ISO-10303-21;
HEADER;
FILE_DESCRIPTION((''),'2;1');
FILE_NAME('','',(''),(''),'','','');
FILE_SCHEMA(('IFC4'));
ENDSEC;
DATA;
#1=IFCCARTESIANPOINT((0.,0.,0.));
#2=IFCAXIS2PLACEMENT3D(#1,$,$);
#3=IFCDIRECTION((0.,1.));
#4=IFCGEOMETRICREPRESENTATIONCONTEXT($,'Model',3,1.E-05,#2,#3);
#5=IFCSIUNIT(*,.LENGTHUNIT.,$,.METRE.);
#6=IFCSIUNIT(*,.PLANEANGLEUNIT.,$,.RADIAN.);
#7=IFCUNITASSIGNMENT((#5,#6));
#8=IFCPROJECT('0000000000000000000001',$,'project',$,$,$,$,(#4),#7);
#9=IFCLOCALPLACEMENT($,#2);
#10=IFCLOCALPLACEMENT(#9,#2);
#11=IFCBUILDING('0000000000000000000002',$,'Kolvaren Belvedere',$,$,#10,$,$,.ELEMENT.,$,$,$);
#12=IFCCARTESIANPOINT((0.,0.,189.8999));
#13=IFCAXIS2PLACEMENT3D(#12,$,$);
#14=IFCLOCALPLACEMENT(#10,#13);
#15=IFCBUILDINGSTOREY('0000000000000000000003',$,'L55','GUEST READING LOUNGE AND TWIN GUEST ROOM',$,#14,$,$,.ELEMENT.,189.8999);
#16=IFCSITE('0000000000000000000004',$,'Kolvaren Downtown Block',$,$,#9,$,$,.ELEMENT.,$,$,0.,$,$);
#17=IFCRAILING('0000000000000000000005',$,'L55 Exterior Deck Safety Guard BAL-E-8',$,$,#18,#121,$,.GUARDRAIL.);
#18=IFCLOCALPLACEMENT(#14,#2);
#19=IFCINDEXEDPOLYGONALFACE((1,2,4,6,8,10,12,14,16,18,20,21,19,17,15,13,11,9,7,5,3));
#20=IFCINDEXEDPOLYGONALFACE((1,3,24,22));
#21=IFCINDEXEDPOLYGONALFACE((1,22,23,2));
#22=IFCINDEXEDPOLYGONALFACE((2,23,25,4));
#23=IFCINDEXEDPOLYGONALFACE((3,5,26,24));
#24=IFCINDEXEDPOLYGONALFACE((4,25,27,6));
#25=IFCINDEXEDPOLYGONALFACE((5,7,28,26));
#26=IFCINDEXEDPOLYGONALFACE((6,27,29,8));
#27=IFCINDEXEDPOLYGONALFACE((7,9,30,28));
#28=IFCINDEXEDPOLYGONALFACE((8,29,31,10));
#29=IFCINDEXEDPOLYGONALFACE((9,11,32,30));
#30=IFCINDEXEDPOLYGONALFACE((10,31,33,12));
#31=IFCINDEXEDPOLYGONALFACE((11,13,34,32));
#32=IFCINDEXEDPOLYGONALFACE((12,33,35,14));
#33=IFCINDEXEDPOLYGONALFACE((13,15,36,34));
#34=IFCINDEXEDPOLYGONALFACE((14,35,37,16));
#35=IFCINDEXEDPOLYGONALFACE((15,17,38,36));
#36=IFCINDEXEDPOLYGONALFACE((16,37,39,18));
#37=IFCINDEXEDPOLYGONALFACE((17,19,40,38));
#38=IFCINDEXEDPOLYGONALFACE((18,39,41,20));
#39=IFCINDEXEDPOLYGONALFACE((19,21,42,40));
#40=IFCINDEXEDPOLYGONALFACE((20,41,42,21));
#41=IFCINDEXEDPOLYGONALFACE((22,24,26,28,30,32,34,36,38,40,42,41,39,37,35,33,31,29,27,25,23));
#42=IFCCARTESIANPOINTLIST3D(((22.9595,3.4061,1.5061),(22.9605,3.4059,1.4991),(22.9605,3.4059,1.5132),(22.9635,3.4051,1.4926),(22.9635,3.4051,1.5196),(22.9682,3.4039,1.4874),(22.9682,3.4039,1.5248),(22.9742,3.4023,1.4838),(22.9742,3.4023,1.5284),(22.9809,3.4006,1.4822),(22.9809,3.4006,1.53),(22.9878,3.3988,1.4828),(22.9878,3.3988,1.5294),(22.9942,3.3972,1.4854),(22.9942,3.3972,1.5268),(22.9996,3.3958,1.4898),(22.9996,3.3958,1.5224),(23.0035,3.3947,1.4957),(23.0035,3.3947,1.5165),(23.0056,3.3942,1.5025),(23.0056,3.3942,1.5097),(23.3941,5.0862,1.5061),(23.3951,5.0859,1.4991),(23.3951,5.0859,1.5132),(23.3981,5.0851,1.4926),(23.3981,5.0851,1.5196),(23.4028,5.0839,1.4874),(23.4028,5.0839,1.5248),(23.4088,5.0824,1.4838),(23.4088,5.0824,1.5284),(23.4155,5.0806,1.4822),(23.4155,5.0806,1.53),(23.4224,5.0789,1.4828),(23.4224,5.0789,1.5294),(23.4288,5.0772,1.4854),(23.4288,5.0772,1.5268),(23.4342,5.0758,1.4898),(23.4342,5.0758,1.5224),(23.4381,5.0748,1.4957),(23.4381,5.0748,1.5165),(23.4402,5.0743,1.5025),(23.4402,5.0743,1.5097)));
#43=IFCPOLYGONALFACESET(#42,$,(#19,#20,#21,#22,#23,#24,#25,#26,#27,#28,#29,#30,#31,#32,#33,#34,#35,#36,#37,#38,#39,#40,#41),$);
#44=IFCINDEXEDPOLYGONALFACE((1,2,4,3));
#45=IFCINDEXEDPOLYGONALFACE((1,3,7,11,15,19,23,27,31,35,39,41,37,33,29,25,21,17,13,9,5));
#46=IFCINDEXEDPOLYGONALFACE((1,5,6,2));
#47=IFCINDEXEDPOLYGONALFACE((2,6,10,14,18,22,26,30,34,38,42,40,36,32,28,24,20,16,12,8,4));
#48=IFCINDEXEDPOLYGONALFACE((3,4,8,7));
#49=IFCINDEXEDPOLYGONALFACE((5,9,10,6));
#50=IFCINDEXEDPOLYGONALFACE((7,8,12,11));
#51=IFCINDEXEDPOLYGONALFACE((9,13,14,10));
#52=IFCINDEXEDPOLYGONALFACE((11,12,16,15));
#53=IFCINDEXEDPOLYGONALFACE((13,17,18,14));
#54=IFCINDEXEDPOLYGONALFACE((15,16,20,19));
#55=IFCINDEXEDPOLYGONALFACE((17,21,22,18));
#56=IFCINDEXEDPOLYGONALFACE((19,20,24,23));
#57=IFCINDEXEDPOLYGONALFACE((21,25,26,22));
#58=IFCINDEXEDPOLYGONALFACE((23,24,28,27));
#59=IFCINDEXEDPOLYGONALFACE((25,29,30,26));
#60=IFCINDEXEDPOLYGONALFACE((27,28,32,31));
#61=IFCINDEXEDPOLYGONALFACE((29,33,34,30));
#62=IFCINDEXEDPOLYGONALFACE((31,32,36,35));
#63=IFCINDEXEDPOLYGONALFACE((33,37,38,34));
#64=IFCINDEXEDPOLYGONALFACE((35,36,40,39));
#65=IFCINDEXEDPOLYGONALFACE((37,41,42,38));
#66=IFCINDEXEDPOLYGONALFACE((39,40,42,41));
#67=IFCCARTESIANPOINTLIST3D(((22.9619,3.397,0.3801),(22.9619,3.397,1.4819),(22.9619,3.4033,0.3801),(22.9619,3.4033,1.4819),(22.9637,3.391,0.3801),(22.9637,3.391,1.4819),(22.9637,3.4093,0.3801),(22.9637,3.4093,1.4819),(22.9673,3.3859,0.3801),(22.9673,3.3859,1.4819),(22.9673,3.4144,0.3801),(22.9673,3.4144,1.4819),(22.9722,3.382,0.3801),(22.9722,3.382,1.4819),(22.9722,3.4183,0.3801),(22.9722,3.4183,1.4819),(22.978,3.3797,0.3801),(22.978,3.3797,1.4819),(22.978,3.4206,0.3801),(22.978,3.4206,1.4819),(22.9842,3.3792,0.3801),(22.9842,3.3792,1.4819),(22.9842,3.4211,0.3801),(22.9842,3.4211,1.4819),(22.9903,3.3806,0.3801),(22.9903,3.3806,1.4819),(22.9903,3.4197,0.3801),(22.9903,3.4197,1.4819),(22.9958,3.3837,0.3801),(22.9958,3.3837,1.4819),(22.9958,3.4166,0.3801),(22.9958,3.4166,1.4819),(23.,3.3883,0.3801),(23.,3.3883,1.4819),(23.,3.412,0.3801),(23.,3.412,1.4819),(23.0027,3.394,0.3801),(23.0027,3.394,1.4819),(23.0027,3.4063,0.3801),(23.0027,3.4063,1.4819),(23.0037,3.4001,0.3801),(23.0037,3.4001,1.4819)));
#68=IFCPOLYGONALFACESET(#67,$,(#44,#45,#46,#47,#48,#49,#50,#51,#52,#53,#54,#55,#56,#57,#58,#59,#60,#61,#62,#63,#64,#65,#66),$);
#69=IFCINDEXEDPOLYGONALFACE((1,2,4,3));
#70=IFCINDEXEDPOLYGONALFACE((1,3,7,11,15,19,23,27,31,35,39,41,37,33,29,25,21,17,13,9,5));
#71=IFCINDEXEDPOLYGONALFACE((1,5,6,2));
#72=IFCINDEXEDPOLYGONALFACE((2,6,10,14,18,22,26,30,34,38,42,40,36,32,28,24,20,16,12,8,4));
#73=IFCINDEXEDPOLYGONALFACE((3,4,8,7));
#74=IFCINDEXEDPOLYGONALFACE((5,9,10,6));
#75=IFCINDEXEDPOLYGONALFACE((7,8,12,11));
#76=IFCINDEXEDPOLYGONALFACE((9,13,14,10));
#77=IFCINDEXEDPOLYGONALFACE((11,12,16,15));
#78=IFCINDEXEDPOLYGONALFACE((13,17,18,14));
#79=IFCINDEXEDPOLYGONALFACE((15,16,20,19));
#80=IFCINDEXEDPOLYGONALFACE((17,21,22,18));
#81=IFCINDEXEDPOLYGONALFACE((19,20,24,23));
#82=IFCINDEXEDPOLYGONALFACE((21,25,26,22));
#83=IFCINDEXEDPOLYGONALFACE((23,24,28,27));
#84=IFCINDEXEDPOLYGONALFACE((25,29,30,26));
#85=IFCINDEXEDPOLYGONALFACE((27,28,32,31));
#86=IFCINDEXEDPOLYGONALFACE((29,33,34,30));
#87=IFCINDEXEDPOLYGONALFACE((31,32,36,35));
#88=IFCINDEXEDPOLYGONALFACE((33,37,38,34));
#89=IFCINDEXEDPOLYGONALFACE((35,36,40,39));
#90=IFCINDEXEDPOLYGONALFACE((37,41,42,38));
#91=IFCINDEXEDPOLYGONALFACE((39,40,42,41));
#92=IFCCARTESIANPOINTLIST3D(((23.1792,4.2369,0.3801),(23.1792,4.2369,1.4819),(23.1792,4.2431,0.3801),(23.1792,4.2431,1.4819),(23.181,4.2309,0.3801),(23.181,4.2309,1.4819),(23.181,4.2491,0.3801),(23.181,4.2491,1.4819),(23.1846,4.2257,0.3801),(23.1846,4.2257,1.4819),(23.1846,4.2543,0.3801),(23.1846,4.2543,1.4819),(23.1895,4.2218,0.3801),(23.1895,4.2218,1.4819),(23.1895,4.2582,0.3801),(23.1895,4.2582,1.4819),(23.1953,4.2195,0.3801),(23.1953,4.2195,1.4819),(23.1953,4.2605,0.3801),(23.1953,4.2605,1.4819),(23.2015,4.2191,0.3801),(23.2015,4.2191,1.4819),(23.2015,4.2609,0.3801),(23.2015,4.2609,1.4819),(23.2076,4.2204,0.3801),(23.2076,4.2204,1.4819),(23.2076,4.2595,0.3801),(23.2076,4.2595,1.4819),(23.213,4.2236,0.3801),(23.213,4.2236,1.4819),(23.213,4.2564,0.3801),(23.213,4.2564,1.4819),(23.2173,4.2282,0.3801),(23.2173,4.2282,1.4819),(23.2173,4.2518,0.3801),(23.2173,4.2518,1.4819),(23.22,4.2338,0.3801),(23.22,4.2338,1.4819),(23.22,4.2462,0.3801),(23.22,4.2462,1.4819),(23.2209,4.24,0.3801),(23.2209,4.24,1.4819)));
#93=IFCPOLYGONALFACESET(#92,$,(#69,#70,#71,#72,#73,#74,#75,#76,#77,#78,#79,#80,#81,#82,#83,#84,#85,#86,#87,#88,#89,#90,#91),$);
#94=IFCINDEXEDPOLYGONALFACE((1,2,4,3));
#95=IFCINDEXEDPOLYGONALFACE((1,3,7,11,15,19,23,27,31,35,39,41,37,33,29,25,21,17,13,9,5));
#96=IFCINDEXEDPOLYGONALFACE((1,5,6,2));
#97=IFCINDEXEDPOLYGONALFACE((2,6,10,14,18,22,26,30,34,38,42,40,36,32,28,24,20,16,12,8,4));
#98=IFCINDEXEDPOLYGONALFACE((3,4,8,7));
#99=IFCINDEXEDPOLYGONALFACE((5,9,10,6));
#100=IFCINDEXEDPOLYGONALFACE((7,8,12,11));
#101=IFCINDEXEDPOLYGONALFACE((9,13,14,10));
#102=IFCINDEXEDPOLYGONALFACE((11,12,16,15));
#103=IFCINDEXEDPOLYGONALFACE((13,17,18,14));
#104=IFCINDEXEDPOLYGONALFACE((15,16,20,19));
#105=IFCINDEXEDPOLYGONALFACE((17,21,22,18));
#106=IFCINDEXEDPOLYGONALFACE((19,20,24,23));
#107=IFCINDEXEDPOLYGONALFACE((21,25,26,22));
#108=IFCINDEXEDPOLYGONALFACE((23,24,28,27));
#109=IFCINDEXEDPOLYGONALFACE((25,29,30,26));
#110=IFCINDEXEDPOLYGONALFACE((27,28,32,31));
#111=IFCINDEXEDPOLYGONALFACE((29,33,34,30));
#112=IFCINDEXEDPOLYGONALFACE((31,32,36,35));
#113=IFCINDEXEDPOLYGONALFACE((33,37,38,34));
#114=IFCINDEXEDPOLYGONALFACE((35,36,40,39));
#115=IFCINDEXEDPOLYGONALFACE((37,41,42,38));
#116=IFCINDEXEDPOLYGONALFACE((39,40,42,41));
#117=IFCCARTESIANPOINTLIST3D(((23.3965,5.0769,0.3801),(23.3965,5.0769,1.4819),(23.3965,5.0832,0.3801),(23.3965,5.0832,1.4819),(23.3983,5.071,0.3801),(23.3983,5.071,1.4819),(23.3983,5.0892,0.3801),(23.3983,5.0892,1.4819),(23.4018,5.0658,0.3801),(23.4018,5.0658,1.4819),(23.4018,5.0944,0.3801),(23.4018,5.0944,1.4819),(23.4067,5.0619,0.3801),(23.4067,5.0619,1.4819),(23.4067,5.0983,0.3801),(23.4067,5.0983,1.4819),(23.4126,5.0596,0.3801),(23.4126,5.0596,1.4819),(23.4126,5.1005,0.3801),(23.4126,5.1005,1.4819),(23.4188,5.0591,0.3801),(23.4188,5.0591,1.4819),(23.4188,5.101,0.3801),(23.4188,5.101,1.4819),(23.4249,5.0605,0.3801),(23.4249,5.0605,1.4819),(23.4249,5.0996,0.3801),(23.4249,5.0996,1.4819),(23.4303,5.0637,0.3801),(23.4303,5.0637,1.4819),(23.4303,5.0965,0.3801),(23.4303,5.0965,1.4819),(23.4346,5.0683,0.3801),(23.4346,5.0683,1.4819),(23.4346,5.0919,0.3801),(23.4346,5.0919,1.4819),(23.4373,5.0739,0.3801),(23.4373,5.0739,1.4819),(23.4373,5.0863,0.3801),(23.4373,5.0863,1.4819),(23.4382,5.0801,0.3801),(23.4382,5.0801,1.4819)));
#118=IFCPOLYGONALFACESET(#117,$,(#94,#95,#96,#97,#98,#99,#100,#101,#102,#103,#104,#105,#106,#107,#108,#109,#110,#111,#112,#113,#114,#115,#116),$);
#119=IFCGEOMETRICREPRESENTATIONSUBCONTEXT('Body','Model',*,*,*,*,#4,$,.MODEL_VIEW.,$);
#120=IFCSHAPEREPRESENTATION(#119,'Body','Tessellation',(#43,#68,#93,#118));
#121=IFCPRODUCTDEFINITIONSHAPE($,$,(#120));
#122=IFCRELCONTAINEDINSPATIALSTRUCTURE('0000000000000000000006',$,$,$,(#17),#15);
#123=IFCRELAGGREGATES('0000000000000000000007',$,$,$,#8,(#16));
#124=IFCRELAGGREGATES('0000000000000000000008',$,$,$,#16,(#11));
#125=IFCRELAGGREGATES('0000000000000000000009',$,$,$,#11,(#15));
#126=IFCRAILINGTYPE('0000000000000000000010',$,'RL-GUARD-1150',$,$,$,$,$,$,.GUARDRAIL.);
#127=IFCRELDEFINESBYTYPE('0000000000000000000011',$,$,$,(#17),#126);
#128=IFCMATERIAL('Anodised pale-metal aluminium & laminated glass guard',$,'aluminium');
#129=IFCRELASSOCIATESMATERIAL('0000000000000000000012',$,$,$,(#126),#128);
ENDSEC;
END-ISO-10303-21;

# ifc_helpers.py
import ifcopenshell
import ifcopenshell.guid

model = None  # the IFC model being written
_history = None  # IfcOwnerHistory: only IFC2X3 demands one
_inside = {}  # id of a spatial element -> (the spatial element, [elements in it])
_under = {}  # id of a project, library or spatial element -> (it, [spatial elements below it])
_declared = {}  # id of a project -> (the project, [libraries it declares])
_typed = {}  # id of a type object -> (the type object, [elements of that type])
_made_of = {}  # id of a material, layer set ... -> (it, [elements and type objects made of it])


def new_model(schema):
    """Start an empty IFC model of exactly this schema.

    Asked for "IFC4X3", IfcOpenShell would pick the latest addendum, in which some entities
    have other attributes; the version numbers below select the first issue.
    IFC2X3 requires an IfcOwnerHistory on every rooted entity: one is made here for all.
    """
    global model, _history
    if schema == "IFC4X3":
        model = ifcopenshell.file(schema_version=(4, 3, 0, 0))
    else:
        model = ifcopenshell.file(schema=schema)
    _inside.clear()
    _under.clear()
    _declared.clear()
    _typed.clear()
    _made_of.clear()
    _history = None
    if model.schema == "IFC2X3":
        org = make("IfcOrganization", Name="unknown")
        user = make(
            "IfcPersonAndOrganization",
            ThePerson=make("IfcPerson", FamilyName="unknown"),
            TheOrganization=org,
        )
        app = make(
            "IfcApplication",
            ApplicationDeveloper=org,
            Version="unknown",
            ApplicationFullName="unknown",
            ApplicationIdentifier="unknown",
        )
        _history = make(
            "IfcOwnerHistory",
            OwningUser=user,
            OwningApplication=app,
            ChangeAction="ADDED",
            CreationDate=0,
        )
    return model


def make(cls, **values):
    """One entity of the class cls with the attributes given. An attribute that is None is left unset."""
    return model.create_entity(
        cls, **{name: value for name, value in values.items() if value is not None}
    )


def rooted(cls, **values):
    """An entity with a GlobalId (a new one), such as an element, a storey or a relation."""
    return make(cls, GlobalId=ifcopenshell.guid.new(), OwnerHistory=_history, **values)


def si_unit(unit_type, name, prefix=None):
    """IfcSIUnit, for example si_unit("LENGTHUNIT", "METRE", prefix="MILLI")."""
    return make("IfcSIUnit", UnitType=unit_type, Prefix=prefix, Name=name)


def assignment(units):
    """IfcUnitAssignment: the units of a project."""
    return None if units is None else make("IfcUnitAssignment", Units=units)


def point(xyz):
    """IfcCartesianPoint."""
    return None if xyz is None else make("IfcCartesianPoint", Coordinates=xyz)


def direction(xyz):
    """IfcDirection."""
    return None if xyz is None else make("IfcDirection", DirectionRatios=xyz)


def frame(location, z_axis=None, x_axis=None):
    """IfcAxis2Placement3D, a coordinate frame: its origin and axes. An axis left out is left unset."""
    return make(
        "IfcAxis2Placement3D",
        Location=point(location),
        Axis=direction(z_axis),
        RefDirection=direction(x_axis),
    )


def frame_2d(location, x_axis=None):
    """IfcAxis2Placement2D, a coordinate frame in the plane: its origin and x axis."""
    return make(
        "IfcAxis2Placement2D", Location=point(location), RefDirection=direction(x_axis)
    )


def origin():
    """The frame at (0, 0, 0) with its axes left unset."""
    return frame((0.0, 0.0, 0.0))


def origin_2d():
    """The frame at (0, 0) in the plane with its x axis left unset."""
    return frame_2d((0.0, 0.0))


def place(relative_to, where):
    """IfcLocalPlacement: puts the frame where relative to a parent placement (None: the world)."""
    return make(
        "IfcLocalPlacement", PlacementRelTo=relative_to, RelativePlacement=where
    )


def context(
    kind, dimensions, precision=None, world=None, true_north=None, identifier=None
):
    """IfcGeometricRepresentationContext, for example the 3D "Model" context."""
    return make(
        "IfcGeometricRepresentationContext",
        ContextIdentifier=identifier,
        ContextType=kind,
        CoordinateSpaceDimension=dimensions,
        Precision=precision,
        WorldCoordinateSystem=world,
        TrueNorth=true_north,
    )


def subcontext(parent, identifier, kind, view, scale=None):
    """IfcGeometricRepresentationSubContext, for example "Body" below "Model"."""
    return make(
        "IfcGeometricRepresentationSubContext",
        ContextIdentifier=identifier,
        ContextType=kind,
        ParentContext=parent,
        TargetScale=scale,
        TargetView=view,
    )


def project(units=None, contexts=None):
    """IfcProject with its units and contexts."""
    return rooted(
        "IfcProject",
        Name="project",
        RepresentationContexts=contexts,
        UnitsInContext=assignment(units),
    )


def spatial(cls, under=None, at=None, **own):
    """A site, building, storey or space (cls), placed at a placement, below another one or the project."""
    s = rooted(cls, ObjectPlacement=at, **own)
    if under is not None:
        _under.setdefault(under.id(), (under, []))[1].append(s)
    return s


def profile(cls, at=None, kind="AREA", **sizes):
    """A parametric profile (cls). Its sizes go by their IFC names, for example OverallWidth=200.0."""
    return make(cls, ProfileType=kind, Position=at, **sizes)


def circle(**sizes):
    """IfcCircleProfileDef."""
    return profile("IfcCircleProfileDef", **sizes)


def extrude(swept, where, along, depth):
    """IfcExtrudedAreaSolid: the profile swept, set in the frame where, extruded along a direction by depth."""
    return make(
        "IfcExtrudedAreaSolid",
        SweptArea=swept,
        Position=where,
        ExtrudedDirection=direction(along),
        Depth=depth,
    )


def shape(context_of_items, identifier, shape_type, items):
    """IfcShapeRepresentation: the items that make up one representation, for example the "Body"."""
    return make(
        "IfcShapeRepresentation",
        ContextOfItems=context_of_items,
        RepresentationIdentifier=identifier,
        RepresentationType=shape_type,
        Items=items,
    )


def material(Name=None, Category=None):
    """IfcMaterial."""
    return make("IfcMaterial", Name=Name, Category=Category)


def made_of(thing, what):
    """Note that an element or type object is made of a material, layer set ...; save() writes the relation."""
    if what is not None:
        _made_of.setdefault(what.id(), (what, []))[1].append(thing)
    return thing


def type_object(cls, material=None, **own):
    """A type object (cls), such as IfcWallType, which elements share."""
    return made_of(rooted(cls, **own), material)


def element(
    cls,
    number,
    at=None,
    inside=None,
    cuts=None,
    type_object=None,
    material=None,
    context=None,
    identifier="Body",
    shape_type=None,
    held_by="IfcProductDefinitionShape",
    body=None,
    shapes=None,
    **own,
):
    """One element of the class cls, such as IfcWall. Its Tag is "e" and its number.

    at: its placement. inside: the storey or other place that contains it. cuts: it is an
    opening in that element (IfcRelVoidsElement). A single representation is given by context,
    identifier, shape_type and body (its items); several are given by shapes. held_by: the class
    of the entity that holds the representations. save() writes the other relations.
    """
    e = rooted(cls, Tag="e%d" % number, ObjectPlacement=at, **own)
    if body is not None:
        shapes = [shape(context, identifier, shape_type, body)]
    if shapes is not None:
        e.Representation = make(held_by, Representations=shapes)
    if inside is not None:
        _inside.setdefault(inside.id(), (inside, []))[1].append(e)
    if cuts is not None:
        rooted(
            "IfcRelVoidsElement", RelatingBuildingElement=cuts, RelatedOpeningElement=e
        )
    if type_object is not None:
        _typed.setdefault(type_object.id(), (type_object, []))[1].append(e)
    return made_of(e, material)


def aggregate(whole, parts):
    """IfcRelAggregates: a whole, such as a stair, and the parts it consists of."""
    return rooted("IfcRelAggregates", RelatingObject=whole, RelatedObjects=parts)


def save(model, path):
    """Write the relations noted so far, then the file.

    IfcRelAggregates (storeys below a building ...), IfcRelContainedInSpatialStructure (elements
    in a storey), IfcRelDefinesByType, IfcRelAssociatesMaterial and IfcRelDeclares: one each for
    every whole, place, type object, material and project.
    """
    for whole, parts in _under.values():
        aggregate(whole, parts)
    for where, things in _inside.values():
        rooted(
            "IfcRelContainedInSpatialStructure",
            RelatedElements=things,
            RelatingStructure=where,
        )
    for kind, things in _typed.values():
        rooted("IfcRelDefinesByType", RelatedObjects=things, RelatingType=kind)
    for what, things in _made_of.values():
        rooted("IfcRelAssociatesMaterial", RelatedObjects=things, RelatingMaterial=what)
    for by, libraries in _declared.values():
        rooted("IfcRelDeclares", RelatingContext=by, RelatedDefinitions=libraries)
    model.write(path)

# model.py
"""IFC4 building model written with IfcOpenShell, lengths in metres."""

from ifc_helpers import new_model, si_unit, direction, frame, origin, origin_2d, place, context, subcontext, project, spatial, circle, extrude, material, type_object, element, save


model = new_model("IFC4")

# Units and contexts
model_context = context("Model", 3, precision=1e-05, world=origin(), true_north=direction((0.0, 1.0)))
body_context = subcontext(model_context, "Body", "Model", "MODEL_VIEW")
ifc_project = project(units=[si_unit("LENGTHUNIT", "METRE"), si_unit("PLANEANGLEUNIT", "RADIAN")], contexts=[model_context])

# Site, building, storey
site_placement = place(None, origin())
site = spatial("IfcSite", under=ifc_project, at=site_placement, Name="Kolvaren Downtown Block", CompositionType="ELEMENT", RefElevation=0.0)
building_placement = place(site_placement, origin())
building = spatial("IfcBuilding", under=site, at=building_placement, Name="Kolvaren Belvedere", CompositionType="ELEMENT")
storey_placement = place(building_placement, frame((0.0, 0.0, 189.8999)))
storey = spatial("IfcBuildingStorey", under=building, at=storey_placement, Name="L55", Description="GUEST READING LOUNGE AND TWIN GUEST ROOM", CompositionType="ELEMENT", Elevation=189.8999)

# Railing
ifc_material_1 = material(Name="Anodised pale-metal aluminium & laminated glass guard", Category="aluminium")
railing_type = type_object("IfcRailingType", Name="RL-GUARD-1150", PredefinedType="GUARDRAIL", material=ifc_material_1)
railing_1_placement = place(storey_placement, frame((22.9827, 3.4001, 0.3801)))
element("IfcRailing", 1, at=railing_1_placement, inside=storey, type_object=railing_type, Name="L55 Exterior Deck Safety Guard BAL-E-8", PredefinedType="GUARDRAIL", context=body_context, shape_type="SweptSolid", body=[
    extrude(circle(Radius=0.0239, at=origin_2d()), frame((0.0, 0.0, 1.126), z_axis=(0.25044, 0.968132, 0.0), x_axis=(-0.968132, 0.25044, 0.0)), (0.0, 0.0, 1.0), 1.7354),
    extrude(circle(Radius=0.021, at=origin_2d()), origin(), (0.0, 0.0, 1.0), 1.1018),
    extrude(circle(Radius=0.021, at=origin_2d()), frame((0.2173, 0.8398, 0.0)), (0.0, 0.0, 1.0), 1.1018),
    extrude(circle(Radius=0.021, at=origin_2d()), frame((0.4346, 1.6799, 0.0)), (0.0, 0.0, 1.0), 1.1018),
])

save(model, "model.ifc")
